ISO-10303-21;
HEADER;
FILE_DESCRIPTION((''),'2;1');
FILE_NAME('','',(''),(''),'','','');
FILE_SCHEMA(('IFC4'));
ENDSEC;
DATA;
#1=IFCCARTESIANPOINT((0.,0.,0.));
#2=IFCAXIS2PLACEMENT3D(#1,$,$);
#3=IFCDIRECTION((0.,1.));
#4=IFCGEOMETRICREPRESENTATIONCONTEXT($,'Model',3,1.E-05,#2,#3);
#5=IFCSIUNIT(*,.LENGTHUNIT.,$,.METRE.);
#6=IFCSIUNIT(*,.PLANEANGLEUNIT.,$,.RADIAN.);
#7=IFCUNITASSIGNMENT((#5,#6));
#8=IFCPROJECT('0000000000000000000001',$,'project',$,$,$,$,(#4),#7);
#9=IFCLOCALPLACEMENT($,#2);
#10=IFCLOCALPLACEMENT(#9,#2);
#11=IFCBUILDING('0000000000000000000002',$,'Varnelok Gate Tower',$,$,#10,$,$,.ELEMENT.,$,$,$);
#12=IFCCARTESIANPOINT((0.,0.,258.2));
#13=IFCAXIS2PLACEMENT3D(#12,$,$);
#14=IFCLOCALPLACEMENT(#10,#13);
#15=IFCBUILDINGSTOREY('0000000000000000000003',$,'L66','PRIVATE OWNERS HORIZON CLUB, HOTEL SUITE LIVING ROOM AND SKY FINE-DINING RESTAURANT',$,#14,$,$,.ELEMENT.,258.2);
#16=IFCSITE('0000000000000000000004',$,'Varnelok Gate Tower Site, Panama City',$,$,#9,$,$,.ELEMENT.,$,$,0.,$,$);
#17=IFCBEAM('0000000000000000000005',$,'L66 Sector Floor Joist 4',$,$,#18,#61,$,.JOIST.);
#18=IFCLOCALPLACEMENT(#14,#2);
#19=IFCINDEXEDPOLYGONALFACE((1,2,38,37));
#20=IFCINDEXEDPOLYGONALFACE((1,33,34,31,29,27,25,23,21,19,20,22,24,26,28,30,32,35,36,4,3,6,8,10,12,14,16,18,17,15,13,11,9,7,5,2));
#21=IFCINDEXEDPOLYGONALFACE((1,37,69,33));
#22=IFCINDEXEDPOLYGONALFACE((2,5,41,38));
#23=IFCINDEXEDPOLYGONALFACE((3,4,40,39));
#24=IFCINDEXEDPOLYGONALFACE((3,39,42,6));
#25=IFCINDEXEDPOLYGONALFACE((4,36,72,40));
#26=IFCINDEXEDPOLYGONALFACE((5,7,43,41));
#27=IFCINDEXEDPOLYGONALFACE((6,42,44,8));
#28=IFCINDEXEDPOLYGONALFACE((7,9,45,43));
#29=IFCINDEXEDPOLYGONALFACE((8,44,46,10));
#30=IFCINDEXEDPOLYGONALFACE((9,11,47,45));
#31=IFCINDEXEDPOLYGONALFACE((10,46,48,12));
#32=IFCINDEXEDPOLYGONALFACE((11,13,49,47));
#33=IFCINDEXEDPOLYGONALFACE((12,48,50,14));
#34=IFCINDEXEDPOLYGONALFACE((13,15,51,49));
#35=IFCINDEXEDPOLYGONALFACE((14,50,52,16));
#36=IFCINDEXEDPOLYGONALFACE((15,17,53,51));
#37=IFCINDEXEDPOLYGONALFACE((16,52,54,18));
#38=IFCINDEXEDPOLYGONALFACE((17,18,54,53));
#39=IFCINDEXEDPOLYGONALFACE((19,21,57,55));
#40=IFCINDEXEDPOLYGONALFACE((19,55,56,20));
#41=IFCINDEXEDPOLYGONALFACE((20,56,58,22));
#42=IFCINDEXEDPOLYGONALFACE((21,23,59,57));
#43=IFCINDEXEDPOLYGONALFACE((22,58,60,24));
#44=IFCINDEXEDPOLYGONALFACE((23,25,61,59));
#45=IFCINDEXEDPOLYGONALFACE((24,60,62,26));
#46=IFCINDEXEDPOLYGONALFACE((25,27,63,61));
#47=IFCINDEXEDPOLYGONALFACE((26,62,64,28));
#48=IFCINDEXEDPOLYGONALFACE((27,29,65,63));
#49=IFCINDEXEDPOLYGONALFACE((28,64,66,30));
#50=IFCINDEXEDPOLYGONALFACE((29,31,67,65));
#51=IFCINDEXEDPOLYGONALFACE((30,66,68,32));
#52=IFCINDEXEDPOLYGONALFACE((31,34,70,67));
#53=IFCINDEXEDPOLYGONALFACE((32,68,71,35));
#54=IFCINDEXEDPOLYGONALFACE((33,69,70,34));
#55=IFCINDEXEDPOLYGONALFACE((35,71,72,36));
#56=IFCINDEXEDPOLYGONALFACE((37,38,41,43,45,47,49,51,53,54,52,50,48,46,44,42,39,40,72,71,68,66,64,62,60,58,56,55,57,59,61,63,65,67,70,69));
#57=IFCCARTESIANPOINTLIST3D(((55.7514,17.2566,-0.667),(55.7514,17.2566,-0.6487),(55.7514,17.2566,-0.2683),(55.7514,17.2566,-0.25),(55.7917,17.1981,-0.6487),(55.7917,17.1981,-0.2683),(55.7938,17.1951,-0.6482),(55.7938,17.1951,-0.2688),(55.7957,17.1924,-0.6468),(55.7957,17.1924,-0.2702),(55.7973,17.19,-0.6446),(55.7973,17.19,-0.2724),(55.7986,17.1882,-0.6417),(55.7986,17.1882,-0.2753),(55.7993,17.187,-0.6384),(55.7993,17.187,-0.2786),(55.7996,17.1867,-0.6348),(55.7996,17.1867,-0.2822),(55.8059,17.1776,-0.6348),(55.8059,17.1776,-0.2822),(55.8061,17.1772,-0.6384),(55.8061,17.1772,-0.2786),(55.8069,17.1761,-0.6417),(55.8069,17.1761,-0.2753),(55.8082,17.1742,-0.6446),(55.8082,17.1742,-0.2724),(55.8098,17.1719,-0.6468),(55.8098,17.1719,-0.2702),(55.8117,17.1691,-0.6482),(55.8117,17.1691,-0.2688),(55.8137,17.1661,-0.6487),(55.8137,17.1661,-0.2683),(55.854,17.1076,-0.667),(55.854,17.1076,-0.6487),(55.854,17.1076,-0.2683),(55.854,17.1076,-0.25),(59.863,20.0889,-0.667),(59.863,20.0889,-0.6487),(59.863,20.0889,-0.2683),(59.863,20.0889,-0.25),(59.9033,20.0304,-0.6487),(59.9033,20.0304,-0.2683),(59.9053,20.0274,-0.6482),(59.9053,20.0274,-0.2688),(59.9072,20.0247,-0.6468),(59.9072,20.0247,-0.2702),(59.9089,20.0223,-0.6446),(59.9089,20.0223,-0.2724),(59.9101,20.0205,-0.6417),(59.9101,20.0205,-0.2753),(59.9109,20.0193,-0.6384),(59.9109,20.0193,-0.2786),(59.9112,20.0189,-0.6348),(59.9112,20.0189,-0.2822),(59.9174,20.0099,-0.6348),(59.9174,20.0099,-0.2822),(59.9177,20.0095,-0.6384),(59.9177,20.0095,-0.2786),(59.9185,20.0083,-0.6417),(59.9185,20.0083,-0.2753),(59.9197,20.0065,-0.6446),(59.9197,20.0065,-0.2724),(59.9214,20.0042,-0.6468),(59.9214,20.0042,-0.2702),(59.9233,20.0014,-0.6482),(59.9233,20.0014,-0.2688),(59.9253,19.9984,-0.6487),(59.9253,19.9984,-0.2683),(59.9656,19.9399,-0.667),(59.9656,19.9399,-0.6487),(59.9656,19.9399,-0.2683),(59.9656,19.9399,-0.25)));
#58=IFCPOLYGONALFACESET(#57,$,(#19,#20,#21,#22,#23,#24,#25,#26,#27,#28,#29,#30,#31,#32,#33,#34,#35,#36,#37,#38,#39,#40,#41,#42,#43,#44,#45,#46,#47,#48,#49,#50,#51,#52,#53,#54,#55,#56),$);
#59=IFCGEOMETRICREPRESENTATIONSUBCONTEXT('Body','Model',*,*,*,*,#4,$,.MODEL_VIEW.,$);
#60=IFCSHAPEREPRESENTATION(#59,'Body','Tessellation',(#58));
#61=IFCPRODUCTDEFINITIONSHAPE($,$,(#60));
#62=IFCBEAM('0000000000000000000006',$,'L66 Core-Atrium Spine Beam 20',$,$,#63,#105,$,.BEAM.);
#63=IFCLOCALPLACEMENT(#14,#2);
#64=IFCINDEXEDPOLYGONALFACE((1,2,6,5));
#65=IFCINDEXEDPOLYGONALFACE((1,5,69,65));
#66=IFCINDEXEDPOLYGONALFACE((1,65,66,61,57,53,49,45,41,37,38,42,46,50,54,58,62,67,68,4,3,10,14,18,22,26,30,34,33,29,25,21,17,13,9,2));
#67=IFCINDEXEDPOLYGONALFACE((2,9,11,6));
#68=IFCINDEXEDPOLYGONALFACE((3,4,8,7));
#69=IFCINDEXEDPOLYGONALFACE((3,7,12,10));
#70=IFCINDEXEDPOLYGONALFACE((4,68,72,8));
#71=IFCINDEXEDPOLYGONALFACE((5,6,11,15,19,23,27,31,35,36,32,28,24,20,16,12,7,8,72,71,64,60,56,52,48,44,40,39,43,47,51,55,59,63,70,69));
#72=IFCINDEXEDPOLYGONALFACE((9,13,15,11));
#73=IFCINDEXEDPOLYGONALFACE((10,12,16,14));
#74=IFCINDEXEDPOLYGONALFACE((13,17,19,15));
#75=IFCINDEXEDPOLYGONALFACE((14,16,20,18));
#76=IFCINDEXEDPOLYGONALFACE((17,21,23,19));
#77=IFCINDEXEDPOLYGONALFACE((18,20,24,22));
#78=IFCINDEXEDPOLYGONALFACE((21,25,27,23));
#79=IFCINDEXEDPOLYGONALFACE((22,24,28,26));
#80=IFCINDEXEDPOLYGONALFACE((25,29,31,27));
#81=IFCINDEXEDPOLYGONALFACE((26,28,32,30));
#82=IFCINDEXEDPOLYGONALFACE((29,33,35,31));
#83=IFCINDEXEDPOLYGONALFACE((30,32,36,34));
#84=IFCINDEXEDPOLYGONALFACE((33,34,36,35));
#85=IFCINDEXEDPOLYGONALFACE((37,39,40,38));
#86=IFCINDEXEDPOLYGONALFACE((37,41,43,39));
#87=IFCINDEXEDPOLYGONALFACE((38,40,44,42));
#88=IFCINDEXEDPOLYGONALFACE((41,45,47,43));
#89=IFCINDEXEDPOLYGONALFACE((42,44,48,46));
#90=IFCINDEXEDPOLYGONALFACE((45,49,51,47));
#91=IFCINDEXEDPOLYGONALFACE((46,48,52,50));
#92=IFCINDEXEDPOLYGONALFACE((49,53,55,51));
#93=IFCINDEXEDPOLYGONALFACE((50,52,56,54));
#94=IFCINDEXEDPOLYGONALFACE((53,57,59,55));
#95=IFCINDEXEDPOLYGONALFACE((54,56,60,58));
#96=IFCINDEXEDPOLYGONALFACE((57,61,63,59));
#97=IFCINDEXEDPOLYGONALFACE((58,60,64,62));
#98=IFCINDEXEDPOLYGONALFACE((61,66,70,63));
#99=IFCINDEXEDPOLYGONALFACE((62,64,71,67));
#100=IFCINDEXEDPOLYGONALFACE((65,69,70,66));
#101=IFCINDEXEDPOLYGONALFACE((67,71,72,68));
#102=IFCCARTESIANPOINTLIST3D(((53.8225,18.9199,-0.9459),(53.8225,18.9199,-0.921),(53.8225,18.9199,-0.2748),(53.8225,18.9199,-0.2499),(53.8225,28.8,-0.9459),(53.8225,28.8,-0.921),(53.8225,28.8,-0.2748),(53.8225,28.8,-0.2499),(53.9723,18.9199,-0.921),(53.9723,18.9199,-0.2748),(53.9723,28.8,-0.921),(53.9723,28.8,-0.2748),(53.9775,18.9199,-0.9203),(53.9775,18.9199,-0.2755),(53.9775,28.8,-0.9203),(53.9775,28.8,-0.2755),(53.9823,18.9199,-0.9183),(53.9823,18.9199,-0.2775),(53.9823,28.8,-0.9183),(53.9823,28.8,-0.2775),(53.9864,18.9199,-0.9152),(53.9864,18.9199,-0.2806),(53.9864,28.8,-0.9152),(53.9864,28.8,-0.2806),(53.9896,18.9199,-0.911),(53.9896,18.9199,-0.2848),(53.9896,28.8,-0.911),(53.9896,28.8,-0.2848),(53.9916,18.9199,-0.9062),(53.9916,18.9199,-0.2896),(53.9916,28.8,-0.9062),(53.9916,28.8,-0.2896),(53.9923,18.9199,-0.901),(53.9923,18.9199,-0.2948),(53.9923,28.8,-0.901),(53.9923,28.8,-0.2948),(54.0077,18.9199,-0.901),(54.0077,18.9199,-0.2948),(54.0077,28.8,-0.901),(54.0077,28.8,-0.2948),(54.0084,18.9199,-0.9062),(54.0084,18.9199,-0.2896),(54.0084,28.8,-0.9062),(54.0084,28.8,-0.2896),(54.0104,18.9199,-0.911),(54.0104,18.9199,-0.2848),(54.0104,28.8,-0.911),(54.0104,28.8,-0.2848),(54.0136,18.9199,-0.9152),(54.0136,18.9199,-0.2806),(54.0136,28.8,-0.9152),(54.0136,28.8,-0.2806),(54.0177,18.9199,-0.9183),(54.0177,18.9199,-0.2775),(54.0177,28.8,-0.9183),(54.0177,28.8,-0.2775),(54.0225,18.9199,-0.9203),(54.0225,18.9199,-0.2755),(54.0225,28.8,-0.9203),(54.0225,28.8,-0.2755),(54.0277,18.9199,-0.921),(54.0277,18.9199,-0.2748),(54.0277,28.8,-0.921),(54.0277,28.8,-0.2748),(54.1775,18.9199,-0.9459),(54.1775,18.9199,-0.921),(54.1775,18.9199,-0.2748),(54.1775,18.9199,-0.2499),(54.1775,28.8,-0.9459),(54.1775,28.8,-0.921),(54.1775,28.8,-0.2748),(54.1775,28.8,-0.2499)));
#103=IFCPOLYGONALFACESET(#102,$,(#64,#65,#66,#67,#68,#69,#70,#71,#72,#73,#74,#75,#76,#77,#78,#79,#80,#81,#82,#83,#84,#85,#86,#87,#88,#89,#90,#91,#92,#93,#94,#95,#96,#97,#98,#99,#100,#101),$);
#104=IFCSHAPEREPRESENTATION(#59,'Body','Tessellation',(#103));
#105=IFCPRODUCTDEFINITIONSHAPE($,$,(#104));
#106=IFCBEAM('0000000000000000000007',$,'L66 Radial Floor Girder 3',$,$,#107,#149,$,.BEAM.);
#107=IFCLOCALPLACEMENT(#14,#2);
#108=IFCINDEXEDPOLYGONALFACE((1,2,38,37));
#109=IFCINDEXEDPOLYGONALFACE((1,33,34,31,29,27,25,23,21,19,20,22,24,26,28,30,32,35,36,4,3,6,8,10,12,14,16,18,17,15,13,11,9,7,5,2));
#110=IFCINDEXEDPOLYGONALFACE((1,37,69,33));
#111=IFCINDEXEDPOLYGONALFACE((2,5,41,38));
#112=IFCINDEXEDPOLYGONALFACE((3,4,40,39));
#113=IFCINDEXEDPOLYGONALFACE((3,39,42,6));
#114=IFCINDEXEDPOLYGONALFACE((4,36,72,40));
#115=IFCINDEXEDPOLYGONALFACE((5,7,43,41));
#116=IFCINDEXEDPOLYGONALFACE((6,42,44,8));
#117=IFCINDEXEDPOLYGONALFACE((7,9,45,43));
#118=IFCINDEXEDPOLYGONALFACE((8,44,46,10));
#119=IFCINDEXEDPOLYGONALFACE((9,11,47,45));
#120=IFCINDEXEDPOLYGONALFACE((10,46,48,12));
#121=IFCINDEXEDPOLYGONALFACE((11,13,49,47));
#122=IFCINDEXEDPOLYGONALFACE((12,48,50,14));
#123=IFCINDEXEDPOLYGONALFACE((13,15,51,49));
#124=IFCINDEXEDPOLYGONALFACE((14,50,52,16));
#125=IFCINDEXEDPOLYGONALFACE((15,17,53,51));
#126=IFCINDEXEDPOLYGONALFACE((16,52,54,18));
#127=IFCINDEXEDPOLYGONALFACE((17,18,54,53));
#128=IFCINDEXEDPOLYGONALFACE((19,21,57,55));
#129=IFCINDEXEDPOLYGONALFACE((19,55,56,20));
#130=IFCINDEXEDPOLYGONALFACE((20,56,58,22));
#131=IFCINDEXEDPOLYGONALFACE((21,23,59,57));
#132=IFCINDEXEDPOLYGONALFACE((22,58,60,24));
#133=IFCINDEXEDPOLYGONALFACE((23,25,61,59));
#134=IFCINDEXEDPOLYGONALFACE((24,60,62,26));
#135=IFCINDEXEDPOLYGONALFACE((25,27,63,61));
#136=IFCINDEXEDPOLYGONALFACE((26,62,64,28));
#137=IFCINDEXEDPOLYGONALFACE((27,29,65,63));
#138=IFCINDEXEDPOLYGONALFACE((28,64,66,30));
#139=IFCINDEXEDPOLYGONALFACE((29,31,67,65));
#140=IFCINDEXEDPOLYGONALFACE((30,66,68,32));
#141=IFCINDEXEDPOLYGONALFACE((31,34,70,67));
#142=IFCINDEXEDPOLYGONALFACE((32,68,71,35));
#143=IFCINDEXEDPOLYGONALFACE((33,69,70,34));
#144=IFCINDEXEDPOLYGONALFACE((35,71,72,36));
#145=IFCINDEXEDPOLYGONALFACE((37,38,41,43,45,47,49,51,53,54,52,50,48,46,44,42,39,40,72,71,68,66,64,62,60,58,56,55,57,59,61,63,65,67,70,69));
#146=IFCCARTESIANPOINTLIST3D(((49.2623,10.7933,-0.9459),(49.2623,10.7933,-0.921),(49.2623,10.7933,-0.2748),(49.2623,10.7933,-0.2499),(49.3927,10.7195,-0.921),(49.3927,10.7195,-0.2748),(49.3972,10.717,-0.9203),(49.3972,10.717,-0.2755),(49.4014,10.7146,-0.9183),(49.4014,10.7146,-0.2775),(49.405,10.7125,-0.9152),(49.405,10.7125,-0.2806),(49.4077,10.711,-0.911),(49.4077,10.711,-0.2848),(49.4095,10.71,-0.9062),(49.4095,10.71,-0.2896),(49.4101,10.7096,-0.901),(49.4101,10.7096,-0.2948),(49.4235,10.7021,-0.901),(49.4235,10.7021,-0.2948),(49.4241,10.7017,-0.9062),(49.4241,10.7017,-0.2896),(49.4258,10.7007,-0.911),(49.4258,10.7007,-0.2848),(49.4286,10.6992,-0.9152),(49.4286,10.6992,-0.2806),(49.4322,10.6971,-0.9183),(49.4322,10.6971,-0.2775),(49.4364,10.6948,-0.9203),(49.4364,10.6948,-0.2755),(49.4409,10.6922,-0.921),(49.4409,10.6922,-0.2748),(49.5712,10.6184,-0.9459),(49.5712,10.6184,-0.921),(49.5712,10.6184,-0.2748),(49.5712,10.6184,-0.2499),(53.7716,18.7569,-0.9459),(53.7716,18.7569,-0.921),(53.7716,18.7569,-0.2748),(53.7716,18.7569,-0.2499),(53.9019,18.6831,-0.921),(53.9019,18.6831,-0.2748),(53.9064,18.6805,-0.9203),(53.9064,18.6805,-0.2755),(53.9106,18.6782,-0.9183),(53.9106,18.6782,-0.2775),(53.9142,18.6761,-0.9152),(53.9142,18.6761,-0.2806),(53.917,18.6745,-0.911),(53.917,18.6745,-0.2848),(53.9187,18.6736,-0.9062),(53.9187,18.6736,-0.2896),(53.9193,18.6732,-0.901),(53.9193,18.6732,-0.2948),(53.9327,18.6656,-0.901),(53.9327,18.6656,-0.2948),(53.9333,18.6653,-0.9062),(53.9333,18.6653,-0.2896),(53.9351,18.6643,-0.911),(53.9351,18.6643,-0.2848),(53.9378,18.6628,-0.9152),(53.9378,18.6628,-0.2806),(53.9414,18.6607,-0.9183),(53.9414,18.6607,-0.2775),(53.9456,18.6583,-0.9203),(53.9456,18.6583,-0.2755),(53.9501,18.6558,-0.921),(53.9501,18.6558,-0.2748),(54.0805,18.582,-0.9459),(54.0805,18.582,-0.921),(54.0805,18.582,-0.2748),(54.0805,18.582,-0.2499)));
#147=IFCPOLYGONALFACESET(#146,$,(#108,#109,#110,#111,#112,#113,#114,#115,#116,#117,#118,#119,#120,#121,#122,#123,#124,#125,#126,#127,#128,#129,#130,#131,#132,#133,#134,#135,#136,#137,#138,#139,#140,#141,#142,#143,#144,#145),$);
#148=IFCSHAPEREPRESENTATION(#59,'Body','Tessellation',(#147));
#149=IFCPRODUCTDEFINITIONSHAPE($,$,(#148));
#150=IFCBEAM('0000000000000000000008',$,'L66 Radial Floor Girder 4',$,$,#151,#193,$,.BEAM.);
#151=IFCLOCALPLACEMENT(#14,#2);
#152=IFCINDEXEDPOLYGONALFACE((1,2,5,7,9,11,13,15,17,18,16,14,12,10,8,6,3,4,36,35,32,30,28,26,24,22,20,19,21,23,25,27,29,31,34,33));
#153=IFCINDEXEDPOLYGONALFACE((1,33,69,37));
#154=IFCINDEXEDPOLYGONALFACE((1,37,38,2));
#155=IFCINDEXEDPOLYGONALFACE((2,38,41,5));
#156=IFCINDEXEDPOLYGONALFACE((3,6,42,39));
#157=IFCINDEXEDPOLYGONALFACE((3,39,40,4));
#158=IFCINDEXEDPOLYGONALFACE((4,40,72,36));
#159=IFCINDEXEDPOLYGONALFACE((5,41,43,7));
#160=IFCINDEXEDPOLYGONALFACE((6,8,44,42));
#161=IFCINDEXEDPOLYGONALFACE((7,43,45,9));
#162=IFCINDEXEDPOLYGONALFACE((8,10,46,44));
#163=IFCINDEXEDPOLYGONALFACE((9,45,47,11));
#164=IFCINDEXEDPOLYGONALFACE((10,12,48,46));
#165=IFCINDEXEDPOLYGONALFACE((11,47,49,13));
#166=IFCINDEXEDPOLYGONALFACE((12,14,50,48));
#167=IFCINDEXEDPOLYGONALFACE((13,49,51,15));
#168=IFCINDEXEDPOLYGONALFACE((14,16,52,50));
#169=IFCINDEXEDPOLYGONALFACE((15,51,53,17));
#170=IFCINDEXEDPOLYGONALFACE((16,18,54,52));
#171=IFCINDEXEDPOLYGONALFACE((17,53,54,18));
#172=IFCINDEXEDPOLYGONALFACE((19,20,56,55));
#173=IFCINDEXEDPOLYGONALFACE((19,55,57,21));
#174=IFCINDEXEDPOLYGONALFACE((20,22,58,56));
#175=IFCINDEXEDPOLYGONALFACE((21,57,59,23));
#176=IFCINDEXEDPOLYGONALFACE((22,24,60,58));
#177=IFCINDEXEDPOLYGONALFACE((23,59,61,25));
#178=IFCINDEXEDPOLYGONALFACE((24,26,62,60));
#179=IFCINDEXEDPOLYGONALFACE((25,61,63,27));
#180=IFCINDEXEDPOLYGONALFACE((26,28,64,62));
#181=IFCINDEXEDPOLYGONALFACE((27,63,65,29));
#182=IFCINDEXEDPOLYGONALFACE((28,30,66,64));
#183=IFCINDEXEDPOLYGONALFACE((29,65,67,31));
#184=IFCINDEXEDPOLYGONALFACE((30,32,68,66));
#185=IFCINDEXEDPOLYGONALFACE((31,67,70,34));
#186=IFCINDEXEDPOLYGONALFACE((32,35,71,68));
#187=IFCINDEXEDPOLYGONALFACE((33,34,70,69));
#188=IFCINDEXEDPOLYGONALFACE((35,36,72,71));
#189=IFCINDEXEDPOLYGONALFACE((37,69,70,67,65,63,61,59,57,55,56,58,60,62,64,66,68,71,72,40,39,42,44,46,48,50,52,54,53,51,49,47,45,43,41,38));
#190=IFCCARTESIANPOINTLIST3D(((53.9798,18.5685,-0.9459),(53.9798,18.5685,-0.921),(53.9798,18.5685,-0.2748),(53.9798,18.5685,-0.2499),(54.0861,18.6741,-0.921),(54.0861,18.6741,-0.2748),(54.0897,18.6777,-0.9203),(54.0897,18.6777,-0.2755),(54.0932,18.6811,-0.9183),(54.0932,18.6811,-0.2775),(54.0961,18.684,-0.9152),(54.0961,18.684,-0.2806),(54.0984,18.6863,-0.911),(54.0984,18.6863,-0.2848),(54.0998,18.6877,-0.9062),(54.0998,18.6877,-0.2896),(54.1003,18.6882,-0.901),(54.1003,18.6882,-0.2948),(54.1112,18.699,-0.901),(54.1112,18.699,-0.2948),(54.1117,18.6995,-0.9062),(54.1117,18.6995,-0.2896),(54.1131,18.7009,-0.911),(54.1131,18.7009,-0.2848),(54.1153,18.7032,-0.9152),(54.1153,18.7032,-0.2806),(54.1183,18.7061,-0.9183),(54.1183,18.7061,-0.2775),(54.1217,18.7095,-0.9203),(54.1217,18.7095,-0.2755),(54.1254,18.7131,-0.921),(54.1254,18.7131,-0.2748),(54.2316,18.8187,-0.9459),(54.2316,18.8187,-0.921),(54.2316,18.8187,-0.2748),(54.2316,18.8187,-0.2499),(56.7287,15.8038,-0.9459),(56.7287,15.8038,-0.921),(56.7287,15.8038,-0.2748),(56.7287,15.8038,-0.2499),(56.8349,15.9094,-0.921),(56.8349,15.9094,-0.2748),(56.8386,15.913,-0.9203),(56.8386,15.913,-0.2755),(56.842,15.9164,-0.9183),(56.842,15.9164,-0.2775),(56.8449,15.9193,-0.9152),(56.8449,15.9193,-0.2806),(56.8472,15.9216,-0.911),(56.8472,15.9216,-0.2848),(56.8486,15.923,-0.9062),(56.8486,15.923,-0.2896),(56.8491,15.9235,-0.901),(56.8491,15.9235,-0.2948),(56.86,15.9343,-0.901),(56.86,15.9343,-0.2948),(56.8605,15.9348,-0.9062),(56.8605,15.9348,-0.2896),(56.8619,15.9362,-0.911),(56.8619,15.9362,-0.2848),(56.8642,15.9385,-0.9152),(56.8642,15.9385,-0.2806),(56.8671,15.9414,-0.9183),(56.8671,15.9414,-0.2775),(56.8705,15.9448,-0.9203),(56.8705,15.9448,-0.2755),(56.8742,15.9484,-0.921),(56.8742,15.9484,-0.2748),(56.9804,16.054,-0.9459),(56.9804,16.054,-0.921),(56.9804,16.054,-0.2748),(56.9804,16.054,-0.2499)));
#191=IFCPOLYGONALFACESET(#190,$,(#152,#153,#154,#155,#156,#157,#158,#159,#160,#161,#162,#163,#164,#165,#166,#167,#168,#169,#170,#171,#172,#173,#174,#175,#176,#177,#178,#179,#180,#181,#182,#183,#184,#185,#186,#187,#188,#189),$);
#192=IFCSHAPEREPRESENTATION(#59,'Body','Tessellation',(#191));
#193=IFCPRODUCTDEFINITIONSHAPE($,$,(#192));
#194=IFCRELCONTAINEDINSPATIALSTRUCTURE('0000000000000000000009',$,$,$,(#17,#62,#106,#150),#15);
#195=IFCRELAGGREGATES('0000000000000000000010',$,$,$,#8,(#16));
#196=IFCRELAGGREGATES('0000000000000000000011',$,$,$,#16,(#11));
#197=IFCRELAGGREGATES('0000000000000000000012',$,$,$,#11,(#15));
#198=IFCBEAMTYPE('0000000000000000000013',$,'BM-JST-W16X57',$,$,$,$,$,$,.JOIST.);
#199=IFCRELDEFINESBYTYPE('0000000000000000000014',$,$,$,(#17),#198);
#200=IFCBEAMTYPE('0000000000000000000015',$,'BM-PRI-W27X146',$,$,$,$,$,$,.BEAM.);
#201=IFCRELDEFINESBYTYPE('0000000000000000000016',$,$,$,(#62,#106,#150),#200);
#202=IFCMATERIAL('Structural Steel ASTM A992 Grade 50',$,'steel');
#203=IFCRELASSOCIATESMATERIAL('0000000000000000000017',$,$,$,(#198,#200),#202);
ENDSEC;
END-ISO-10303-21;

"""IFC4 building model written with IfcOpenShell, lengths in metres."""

from ifc_helpers import new_model, si_unit, direction, frame, origin, origin_2d, place, context, subcontext, project, spatial, i_section, extrude, material, material_profile, profile_set, type_object, element, save


model = new_model("IFC4")

# Units and contexts
model_context = context("Model", 3, precision=1e-05, world=origin(), true_north=direction((0.0, 1.0)))
body_context = subcontext(model_context, "Body", "Model", "MODEL_VIEW")
ifc_project = project(units=[si_unit("LENGTHUNIT", "METRE"), si_unit("PLANEANGLEUNIT", "RADIAN")], contexts=[model_context])

# Site, building, storey
site_placement = place(None, origin())
site = spatial("IfcSite", under=ifc_project, at=site_placement, Name="Varnelok Gate Tower Site, Panama City", CompositionType="ELEMENT", RefElevation=0.0)
building_placement = place(site_placement, origin())
building = spatial("IfcBuilding", under=site, at=building_placement, Name="Varnelok Gate Tower", CompositionType="ELEMENT")
storey_placement = place(building_placement, frame((0.0, 0.0, 258.2)))
storey = spatial("IfcBuildingStorey", under=building, at=storey_placement, Name="L66", Description="PRIVATE OWNERS HORIZON CLUB, HOTEL SUITE LIVING ROOM AND SKY FINE-DINING RESTAURANT", CompositionType="ELEMENT", Elevation=258.2)

# Shared definitions
ifc_material_1 = material(Name="Structural Steel ASTM A992 Grade 50", Category="steel")

# Beams
ifc_material_profile_1 = material_profile(ifc_material_1, i_section(OverallWidth=0.1809, OverallDepth=0.417, WebThickness=0.011, FlangeThickness=0.0183, FilletRadius=0.0139, at=origin_2d()), Name="W16X57")
ifc_profile_set_1 = profile_set([ifc_material_profile_1], Name="Structural Steel ASTM A992 Grade 50")
beam_type_1 = type_object("IfcBeamType", Name="BM-JST-W16X57", PredefinedType="JOIST", material=ifc_profile_set_1)
beam_1_placement = place(storey_placement, frame((55.8027, 17.1821, -0.4585), z_axis=(0.823521, 0.567286, 0.0), x_axis=(-0.567286, 0.823521, 0.0)))
element("IfcBeam", 1, at=beam_1_placement, inside=storey, type_object=beam_type_1, Name="L66 Sector Floor Joist 4", PredefinedType="JOIST", context=body_context, shape_type="SweptSolid", body=[
    extrude(i_section(OverallWidth=0.1809, OverallDepth=0.417, WebThickness=0.011, FlangeThickness=0.0183, FilletRadius=0.0139, at=origin_2d()), origin(), (0.0, 0.0, 1.0), 4.9927),
])
ifc_material_profile_2 = material_profile(ifc_material_1, i_section(OverallWidth=0.355, OverallDepth=0.696, WebThickness=0.0154, FlangeThickness=0.0249, FilletRadius=0.02, at=origin_2d()), Name="W27X146")
ifc_profile_set_2 = profile_set([ifc_material_profile_2], Name="Structural Steel ASTM A992 Grade 50")
beam_type_2 = type_object("IfcBeamType", Name="BM-PRI-W27X146", PredefinedType="BEAM", material=ifc_profile_set_2)
beam_2_placement = place(storey_placement, frame((54.0, 18.9199, -0.5979), z_axis=(0.0, 1.0, 0.0), x_axis=(-1.0, 0.0, 0.0)))
element("IfcBeam", 2, at=beam_2_placement, inside=storey, type_object=beam_type_2, Name="L66 Core-Atrium Spine Beam 20", PredefinedType="BEAM", context=body_context, shape_type="SweptSolid", body=[
    extrude(i_section(OverallWidth=0.355, OverallDepth=0.696, WebThickness=0.0154, FlangeThickness=0.0249, FilletRadius=0.02, at=origin_2d()), origin(), (0.0, 0.0, 1.0), 9.8801),
])
beam_3_placement = place(storey_placement, frame((53.926, 18.6694, -0.5979), z_axis=(-0.492728, -0.870183, 0.0), x_axis=(0.870183, -0.492728, 0.0)))
element("IfcBeam", 3, at=beam_3_placement, inside=storey, type_object=beam_type_2, Name="L66 Radial Floor Girder 3", PredefinedType="BEAM", context=body_context, shape_type="SweptSolid", body=[
    extrude(i_section(OverallWidth=0.355, OverallDepth=0.696, WebThickness=0.0154, FlangeThickness=0.0249, FilletRadius=0.02, at=origin_2d()), origin(), (0.0, 0.0, 1.0), 9.1516),
])
beam_4_placement = place(storey_placement, frame((54.1057, 18.6936, -0.5979), z_axis=(0.705069, -0.709139, 0.0), x_axis=(0.709139, 0.705069, 0.0)))
element("IfcBeam", 4, at=beam_4_placement, inside=storey, type_object=beam_type_2, Name="L66 Radial Floor Girder 4", PredefinedType="BEAM", context=body_context, shape_type="SweptSolid", body=[
    extrude(i_section(OverallWidth=0.355, OverallDepth=0.696, WebThickness=0.0154, FlangeThickness=0.0249, FilletRadius=0.02, at=origin_2d()), origin(), (0.0, 0.0, 1.0), 3.8987),
])

save(model, "model.ifc")
